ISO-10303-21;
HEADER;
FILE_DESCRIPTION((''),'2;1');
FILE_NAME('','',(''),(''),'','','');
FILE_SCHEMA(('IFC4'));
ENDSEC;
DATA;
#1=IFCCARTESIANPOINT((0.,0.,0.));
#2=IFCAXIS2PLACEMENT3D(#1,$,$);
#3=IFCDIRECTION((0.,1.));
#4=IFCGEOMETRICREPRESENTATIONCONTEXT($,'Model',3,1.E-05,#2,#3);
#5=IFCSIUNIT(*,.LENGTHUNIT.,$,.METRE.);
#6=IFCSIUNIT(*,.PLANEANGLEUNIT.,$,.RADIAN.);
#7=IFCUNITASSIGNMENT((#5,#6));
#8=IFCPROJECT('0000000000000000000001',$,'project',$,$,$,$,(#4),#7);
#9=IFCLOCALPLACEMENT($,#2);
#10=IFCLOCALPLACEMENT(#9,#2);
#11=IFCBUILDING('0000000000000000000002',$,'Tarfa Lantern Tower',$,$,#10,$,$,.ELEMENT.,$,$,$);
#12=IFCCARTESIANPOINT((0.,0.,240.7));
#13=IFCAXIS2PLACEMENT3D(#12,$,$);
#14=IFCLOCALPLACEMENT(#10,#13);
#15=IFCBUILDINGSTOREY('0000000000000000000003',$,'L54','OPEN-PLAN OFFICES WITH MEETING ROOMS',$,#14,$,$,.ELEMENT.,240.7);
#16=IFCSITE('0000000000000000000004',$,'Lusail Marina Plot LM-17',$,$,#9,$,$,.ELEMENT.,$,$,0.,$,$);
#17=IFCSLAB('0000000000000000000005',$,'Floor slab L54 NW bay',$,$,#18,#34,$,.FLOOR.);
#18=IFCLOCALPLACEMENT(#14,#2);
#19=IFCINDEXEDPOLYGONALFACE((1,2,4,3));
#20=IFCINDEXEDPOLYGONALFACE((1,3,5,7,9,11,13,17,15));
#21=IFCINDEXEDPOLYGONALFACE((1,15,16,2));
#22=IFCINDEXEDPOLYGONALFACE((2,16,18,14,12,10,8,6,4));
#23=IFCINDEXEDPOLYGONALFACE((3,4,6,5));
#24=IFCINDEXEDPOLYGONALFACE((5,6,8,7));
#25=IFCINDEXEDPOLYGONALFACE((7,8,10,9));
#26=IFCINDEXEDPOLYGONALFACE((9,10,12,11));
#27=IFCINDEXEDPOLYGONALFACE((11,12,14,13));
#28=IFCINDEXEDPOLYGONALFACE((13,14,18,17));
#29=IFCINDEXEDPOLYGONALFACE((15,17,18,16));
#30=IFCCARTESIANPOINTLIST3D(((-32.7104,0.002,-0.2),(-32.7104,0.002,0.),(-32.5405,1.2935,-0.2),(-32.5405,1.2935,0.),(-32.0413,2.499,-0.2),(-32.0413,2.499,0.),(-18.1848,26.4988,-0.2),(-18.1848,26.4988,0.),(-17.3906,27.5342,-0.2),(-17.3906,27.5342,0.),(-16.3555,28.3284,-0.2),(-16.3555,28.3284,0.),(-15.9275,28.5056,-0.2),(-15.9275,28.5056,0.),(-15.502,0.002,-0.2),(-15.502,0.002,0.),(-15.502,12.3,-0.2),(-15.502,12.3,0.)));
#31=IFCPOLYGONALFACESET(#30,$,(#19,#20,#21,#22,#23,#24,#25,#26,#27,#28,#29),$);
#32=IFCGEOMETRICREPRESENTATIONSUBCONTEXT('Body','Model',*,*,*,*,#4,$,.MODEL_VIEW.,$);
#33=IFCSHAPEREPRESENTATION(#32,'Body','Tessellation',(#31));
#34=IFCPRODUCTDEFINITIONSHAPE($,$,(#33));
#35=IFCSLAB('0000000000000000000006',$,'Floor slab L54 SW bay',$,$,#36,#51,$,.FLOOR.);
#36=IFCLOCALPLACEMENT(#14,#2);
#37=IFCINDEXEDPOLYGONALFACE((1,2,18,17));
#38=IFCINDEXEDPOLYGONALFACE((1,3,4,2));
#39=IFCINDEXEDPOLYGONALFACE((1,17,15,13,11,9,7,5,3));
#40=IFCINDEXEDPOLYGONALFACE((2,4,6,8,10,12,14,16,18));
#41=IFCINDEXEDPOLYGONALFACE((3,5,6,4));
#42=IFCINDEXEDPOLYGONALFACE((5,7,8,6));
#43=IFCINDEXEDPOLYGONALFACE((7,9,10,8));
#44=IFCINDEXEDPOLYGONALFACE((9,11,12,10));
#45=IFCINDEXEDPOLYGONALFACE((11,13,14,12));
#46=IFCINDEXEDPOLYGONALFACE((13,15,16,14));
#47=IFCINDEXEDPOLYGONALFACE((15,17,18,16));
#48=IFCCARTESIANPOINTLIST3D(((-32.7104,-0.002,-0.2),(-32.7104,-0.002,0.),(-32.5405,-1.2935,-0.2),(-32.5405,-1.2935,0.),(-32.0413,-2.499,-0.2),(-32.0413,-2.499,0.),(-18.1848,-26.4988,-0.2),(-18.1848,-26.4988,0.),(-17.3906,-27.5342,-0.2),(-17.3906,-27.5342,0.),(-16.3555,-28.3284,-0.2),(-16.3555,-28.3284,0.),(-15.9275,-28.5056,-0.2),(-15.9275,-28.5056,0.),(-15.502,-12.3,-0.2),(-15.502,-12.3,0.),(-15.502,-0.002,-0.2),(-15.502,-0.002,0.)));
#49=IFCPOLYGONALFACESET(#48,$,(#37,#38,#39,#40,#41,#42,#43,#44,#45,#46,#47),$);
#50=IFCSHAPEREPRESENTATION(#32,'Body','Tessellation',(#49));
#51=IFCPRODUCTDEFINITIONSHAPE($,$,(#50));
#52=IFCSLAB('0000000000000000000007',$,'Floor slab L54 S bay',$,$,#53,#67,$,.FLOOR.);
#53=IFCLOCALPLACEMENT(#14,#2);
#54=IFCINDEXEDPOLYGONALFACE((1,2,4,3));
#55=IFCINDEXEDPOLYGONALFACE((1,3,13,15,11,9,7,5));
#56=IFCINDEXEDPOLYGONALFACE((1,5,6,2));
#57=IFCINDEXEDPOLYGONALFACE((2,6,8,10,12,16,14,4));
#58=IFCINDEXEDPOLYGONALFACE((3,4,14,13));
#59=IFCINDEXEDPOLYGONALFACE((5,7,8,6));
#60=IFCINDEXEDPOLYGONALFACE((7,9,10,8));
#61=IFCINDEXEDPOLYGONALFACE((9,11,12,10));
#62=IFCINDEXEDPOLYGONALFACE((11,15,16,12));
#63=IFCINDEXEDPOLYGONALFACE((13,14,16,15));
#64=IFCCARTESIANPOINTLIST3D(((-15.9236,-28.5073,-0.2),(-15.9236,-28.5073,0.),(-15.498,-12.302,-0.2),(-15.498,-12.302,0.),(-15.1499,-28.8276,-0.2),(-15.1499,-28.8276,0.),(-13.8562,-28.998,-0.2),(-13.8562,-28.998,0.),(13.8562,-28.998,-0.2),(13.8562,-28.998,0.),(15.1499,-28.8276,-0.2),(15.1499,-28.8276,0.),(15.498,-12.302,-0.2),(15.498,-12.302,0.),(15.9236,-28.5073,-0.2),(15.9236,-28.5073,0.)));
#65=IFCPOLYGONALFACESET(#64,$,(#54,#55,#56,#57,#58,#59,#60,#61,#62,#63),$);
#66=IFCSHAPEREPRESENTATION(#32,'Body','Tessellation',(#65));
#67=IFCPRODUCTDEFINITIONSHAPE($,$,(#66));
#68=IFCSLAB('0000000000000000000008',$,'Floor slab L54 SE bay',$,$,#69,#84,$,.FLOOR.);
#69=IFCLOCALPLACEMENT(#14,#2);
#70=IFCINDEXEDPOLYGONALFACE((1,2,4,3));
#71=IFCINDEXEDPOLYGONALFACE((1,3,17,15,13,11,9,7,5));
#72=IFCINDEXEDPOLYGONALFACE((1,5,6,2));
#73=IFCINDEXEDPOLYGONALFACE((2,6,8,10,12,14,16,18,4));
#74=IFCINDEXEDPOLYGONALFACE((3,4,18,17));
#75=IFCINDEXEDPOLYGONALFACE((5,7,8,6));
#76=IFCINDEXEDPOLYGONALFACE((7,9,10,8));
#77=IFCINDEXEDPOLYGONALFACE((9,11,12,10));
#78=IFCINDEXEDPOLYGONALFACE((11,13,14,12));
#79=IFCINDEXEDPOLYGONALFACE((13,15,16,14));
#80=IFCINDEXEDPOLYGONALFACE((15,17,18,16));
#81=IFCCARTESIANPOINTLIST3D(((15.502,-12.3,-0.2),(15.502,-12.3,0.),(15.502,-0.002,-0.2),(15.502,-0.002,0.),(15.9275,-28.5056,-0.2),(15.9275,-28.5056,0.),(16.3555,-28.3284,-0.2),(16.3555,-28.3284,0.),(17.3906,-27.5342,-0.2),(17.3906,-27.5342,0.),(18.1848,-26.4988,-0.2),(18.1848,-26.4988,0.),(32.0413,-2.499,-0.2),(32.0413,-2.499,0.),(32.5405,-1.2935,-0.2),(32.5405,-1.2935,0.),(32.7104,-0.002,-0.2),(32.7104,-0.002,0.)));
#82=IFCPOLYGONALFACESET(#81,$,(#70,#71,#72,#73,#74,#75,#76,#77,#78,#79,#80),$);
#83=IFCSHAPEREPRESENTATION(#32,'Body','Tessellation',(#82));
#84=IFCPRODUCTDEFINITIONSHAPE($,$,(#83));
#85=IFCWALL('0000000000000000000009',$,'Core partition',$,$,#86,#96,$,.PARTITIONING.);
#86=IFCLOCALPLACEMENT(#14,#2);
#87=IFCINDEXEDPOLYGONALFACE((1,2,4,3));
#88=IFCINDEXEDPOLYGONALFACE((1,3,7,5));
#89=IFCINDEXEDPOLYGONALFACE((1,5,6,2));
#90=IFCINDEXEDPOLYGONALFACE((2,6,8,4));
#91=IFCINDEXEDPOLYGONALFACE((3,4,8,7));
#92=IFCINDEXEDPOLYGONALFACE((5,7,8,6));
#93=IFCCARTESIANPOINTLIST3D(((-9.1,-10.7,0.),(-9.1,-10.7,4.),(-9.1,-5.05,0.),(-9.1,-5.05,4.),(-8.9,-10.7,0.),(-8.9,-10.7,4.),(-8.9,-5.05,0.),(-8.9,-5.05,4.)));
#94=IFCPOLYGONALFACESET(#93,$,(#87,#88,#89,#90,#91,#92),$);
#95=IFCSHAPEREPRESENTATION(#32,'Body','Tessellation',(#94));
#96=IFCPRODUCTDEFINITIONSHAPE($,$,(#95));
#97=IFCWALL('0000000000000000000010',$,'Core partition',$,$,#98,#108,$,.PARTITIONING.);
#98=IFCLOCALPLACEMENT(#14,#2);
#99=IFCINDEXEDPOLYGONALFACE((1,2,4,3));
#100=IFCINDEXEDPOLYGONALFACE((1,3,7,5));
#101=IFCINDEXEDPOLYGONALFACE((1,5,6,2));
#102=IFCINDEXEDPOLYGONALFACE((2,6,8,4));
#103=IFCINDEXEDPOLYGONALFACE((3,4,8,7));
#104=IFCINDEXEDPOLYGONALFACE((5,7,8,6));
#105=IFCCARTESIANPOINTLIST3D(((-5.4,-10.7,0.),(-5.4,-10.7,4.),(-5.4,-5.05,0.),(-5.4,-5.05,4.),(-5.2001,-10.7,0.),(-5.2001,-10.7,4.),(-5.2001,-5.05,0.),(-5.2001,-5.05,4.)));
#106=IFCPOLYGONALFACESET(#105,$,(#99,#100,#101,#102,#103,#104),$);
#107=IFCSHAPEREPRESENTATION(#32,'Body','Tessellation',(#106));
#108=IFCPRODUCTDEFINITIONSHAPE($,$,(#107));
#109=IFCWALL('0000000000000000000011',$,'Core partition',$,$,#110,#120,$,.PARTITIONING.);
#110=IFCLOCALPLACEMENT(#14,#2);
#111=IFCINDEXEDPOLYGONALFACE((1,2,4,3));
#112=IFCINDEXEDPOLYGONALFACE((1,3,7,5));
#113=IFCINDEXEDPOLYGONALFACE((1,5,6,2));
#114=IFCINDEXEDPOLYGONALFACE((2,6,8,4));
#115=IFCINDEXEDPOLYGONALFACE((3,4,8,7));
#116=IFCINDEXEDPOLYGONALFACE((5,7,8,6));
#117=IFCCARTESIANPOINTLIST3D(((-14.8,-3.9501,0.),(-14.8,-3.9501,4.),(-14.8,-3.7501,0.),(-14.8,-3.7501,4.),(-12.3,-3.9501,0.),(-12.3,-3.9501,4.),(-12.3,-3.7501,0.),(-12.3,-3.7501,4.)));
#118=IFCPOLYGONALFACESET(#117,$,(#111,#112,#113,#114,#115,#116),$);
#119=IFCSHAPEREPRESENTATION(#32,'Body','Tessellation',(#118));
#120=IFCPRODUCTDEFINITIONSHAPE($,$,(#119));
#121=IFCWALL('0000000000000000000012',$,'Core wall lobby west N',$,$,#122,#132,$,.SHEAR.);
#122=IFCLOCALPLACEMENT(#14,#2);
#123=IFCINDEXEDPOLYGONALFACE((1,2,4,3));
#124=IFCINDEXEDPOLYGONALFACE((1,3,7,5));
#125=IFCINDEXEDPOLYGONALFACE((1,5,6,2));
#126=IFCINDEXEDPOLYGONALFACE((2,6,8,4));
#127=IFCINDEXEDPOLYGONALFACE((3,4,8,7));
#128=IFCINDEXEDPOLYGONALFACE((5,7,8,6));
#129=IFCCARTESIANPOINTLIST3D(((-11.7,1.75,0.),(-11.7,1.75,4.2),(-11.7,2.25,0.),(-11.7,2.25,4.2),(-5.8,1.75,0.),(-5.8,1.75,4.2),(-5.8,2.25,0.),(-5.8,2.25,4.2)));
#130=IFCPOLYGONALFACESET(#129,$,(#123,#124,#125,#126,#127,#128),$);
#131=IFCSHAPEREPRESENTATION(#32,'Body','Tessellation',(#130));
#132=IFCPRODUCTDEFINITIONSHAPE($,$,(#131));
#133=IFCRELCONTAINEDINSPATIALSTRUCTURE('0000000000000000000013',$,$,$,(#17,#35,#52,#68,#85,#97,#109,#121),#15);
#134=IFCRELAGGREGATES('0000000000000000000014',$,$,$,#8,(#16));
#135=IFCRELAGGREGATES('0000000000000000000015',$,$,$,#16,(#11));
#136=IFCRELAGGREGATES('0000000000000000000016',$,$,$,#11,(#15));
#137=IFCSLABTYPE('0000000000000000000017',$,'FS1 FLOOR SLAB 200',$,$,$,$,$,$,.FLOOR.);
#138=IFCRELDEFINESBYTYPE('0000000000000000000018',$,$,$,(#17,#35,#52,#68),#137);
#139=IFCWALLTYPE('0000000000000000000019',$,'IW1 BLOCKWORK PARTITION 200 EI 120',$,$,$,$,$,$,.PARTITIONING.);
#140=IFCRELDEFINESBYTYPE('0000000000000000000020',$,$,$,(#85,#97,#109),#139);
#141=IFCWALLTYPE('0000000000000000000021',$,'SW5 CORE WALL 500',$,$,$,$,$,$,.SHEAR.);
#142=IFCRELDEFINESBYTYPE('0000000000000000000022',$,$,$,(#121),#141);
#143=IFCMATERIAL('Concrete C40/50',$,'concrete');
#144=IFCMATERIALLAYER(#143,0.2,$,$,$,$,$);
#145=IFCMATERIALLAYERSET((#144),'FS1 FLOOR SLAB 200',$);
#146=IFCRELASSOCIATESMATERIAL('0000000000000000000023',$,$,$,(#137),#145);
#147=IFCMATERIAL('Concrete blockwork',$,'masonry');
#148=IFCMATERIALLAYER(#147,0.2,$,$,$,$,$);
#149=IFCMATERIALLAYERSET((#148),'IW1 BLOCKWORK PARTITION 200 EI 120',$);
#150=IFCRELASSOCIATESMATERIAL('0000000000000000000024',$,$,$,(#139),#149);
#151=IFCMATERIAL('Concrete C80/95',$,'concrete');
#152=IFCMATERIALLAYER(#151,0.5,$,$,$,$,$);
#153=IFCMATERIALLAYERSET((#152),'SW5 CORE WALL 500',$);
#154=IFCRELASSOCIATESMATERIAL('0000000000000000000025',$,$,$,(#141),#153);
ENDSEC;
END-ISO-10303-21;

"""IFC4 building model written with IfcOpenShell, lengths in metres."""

from ifc_helpers import new_model, si_unit, direction, frame, frame_2d, origin, place, context, subcontext, project, spatial, polyline, rectangle, outline, extrude, material, layer, layer_set, type_object, element, save


model = new_model("IFC4")

# Units and contexts
model_context = context("Model", 3, precision=1e-05, world=origin(), true_north=direction((0.0, 1.0)))
body_context = subcontext(model_context, "Body", "Model", "MODEL_VIEW")
ifc_project = project(units=[si_unit("LENGTHUNIT", "METRE"), si_unit("PLANEANGLEUNIT", "RADIAN")], contexts=[model_context])

# Site, building, storey
site_placement = place(None, origin())
site = spatial("IfcSite", under=ifc_project, at=site_placement, Name="Lusail Marina Plot LM-17", CompositionType="ELEMENT", RefElevation=0.0)
building_placement = place(site_placement, origin())
building = spatial("IfcBuilding", under=site, at=building_placement, Name="Tarfa Lantern Tower", CompositionType="ELEMENT")
storey_placement = place(building_placement, frame((0.0, 0.0, 240.7)))
storey = spatial("IfcBuildingStorey", under=building, at=storey_placement, Name="L54", Description="OPEN-PLAN OFFICES WITH MEETING ROOMS", CompositionType="ELEMENT", Elevation=240.7)

# Slabs
ifc_material_1 = material(Name="Concrete C40/50", Category="concrete")
ifc_layer_1 = layer(ifc_material_1, 0.2)
ifc_layer_set_1 = layer_set([ifc_layer_1], Name="FS1 FLOOR SLAB 200")
slab_type_1 = type_object("IfcSlabType", Name="FS1 FLOOR SLAB 200", PredefinedType="FLOOR", material=ifc_layer_set_1)
slab_1_placement = place(storey_placement, frame((0.0, 0.0, -0.2)))
element("IfcSlab", 1, at=slab_1_placement, inside=storey, type_object=slab_type_1, Name="Floor slab L54 NW bay", PredefinedType="FLOOR", context=body_context, shape_type="SweptSolid", body=[
    extrude(outline(polyline([(-15.502, 0.002), (-15.502, 12.3), (-15.9275, 28.5056), (-16.3555, 28.3284), (-17.3906, 27.5342), (-18.1848, 26.4988), (-32.0413, 2.499), (-32.5405, 1.2935), (-32.7104, 0.002), (-15.502, 0.002)])), origin(), (0.0, 0.0, 1.0), 0.2),
])
slab_2_placement = place(storey_placement, frame((0.0, 0.0, -0.2)))
element("IfcSlab", 2, at=slab_2_placement, inside=storey, type_object=slab_type_1, Name="Floor slab L54 SW bay", PredefinedType="FLOOR", context=body_context, shape_type="SweptSolid", body=[
    extrude(outline(polyline([(-15.502, -12.3), (-15.502, -0.002), (-32.7104, -0.002), (-32.5405, -1.2935), (-32.0413, -2.499), (-18.1848, -26.4988), (-17.3906, -27.5342), (-16.3555, -28.3284), (-15.9275, -28.5056), (-15.502, -12.3)])), origin(), (0.0, 0.0, 1.0), 0.2),
])
slab_3_placement = place(storey_placement, frame((0.0, 0.0, -0.2)))
element("IfcSlab", 3, at=slab_3_placement, inside=storey, type_object=slab_type_1, Name="Floor slab L54 S bay", PredefinedType="FLOOR", context=body_context, shape_type="SweptSolid", body=[
    extrude(outline(polyline([(15.498, -12.302), (-15.498, -12.302), (-15.9236, -28.5073), (-15.1499, -28.8276), (-13.8562, -28.998), (13.8562, -28.998), (15.1499, -28.8276), (15.9236, -28.5073), (15.498, -12.302)])), origin(), (0.0, 0.0, 1.0), 0.2),
])
slab_4_placement = place(storey_placement, frame((0.0, 0.0, -0.2)))
element("IfcSlab", 4, at=slab_4_placement, inside=storey, type_object=slab_type_1, Name="Floor slab L54 SE bay", PredefinedType="FLOOR", context=body_context, shape_type="SweptSolid", body=[
    extrude(outline(polyline([(15.502, -0.002), (15.502, -12.3), (15.9275, -28.5056), (16.3555, -28.3284), (17.3906, -27.5342), (18.1848, -26.4988), (32.0413, -2.499), (32.5405, -1.2935), (32.7104, -0.002), (15.502, -0.002)])), origin(), (0.0, 0.0, 1.0), 0.2),
])

# Walls
ifc_material_2 = material(Name="Concrete blockwork", Category="masonry")
ifc_layer_2 = layer(ifc_material_2, 0.2)
ifc_layer_set_2 = layer_set([ifc_layer_2], Name="IW1 BLOCKWORK PARTITION 200 EI 120")
wall_type_1 = type_object("IfcWallType", Name="IW1 BLOCKWORK PARTITION 200 EI 120", PredefinedType="PARTITIONING", material=ifc_layer_set_2)
for number, where, z_axis, x_axis, name in (
    (5, (-9.0, -5.05, 0.0), (0.0, 0.0, 1.0), (0.0, -1.0, 0.0), "Core partition"),
    (6, (-5.3, -5.05, 0.0), (0.0, 0.0, 1.0), (0.0, -1.0, 0.0), "Core partition"),
):
    element("IfcWall", number, at=place(storey_placement, frame(where, z_axis=z_axis, x_axis=x_axis)), inside=storey, type_object=wall_type_1, Name=name, PredefinedType="PARTITIONING", context=body_context, shape_type="SweptSolid", body=[
        extrude(rectangle(XDim=5.6499, YDim=0.2, at=frame_2d((2.825, 0.0))), origin(), (0.0, 0.0, 1.0), 4.0),
    ])
wall_1_placement = place(storey_placement, frame((-12.3, -3.8501, 0.0), z_axis=(0.0, 0.0, 1.0), x_axis=(-1.0, 0.0, 0.0)))
element("IfcWall", 7, at=wall_1_placement, inside=storey, type_object=wall_type_1, Name="Core partition", PredefinedType="PARTITIONING", context=body_context, shape_type="SweptSolid", body=[
    extrude(rectangle(XDim=2.5, YDim=0.2, at=frame_2d((1.25, 0.0))), origin(), (0.0, 0.0, 1.0), 4.0),
])
ifc_material_3 = material(Name="Concrete C80/95", Category="concrete")
ifc_layer_3 = layer(ifc_material_3, 0.5)
ifc_layer_set_3 = layer_set([ifc_layer_3], Name="SW5 CORE WALL 500")
wall_type_2 = type_object("IfcWallType", Name="SW5 CORE WALL 500", PredefinedType="SHEAR", material=ifc_layer_set_3)
wall_2_placement = place(storey_placement, frame((-11.7, 2.0, 0.0), z_axis=(0.0, 0.0, 1.0), x_axis=(1.0, 0.0, 0.0)))
element("IfcWall", 8, at=wall_2_placement, inside=storey, type_object=wall_type_2, Name="Core wall lobby west N", PredefinedType="SHEAR", context=body_context, shape_type="SweptSolid", body=[
    extrude(rectangle(XDim=5.8999, YDim=0.5, at=frame_2d((2.95, 0.0))), origin(), (0.0, 0.0, 1.0), 4.2),
])

save(model, "model.ifc")
